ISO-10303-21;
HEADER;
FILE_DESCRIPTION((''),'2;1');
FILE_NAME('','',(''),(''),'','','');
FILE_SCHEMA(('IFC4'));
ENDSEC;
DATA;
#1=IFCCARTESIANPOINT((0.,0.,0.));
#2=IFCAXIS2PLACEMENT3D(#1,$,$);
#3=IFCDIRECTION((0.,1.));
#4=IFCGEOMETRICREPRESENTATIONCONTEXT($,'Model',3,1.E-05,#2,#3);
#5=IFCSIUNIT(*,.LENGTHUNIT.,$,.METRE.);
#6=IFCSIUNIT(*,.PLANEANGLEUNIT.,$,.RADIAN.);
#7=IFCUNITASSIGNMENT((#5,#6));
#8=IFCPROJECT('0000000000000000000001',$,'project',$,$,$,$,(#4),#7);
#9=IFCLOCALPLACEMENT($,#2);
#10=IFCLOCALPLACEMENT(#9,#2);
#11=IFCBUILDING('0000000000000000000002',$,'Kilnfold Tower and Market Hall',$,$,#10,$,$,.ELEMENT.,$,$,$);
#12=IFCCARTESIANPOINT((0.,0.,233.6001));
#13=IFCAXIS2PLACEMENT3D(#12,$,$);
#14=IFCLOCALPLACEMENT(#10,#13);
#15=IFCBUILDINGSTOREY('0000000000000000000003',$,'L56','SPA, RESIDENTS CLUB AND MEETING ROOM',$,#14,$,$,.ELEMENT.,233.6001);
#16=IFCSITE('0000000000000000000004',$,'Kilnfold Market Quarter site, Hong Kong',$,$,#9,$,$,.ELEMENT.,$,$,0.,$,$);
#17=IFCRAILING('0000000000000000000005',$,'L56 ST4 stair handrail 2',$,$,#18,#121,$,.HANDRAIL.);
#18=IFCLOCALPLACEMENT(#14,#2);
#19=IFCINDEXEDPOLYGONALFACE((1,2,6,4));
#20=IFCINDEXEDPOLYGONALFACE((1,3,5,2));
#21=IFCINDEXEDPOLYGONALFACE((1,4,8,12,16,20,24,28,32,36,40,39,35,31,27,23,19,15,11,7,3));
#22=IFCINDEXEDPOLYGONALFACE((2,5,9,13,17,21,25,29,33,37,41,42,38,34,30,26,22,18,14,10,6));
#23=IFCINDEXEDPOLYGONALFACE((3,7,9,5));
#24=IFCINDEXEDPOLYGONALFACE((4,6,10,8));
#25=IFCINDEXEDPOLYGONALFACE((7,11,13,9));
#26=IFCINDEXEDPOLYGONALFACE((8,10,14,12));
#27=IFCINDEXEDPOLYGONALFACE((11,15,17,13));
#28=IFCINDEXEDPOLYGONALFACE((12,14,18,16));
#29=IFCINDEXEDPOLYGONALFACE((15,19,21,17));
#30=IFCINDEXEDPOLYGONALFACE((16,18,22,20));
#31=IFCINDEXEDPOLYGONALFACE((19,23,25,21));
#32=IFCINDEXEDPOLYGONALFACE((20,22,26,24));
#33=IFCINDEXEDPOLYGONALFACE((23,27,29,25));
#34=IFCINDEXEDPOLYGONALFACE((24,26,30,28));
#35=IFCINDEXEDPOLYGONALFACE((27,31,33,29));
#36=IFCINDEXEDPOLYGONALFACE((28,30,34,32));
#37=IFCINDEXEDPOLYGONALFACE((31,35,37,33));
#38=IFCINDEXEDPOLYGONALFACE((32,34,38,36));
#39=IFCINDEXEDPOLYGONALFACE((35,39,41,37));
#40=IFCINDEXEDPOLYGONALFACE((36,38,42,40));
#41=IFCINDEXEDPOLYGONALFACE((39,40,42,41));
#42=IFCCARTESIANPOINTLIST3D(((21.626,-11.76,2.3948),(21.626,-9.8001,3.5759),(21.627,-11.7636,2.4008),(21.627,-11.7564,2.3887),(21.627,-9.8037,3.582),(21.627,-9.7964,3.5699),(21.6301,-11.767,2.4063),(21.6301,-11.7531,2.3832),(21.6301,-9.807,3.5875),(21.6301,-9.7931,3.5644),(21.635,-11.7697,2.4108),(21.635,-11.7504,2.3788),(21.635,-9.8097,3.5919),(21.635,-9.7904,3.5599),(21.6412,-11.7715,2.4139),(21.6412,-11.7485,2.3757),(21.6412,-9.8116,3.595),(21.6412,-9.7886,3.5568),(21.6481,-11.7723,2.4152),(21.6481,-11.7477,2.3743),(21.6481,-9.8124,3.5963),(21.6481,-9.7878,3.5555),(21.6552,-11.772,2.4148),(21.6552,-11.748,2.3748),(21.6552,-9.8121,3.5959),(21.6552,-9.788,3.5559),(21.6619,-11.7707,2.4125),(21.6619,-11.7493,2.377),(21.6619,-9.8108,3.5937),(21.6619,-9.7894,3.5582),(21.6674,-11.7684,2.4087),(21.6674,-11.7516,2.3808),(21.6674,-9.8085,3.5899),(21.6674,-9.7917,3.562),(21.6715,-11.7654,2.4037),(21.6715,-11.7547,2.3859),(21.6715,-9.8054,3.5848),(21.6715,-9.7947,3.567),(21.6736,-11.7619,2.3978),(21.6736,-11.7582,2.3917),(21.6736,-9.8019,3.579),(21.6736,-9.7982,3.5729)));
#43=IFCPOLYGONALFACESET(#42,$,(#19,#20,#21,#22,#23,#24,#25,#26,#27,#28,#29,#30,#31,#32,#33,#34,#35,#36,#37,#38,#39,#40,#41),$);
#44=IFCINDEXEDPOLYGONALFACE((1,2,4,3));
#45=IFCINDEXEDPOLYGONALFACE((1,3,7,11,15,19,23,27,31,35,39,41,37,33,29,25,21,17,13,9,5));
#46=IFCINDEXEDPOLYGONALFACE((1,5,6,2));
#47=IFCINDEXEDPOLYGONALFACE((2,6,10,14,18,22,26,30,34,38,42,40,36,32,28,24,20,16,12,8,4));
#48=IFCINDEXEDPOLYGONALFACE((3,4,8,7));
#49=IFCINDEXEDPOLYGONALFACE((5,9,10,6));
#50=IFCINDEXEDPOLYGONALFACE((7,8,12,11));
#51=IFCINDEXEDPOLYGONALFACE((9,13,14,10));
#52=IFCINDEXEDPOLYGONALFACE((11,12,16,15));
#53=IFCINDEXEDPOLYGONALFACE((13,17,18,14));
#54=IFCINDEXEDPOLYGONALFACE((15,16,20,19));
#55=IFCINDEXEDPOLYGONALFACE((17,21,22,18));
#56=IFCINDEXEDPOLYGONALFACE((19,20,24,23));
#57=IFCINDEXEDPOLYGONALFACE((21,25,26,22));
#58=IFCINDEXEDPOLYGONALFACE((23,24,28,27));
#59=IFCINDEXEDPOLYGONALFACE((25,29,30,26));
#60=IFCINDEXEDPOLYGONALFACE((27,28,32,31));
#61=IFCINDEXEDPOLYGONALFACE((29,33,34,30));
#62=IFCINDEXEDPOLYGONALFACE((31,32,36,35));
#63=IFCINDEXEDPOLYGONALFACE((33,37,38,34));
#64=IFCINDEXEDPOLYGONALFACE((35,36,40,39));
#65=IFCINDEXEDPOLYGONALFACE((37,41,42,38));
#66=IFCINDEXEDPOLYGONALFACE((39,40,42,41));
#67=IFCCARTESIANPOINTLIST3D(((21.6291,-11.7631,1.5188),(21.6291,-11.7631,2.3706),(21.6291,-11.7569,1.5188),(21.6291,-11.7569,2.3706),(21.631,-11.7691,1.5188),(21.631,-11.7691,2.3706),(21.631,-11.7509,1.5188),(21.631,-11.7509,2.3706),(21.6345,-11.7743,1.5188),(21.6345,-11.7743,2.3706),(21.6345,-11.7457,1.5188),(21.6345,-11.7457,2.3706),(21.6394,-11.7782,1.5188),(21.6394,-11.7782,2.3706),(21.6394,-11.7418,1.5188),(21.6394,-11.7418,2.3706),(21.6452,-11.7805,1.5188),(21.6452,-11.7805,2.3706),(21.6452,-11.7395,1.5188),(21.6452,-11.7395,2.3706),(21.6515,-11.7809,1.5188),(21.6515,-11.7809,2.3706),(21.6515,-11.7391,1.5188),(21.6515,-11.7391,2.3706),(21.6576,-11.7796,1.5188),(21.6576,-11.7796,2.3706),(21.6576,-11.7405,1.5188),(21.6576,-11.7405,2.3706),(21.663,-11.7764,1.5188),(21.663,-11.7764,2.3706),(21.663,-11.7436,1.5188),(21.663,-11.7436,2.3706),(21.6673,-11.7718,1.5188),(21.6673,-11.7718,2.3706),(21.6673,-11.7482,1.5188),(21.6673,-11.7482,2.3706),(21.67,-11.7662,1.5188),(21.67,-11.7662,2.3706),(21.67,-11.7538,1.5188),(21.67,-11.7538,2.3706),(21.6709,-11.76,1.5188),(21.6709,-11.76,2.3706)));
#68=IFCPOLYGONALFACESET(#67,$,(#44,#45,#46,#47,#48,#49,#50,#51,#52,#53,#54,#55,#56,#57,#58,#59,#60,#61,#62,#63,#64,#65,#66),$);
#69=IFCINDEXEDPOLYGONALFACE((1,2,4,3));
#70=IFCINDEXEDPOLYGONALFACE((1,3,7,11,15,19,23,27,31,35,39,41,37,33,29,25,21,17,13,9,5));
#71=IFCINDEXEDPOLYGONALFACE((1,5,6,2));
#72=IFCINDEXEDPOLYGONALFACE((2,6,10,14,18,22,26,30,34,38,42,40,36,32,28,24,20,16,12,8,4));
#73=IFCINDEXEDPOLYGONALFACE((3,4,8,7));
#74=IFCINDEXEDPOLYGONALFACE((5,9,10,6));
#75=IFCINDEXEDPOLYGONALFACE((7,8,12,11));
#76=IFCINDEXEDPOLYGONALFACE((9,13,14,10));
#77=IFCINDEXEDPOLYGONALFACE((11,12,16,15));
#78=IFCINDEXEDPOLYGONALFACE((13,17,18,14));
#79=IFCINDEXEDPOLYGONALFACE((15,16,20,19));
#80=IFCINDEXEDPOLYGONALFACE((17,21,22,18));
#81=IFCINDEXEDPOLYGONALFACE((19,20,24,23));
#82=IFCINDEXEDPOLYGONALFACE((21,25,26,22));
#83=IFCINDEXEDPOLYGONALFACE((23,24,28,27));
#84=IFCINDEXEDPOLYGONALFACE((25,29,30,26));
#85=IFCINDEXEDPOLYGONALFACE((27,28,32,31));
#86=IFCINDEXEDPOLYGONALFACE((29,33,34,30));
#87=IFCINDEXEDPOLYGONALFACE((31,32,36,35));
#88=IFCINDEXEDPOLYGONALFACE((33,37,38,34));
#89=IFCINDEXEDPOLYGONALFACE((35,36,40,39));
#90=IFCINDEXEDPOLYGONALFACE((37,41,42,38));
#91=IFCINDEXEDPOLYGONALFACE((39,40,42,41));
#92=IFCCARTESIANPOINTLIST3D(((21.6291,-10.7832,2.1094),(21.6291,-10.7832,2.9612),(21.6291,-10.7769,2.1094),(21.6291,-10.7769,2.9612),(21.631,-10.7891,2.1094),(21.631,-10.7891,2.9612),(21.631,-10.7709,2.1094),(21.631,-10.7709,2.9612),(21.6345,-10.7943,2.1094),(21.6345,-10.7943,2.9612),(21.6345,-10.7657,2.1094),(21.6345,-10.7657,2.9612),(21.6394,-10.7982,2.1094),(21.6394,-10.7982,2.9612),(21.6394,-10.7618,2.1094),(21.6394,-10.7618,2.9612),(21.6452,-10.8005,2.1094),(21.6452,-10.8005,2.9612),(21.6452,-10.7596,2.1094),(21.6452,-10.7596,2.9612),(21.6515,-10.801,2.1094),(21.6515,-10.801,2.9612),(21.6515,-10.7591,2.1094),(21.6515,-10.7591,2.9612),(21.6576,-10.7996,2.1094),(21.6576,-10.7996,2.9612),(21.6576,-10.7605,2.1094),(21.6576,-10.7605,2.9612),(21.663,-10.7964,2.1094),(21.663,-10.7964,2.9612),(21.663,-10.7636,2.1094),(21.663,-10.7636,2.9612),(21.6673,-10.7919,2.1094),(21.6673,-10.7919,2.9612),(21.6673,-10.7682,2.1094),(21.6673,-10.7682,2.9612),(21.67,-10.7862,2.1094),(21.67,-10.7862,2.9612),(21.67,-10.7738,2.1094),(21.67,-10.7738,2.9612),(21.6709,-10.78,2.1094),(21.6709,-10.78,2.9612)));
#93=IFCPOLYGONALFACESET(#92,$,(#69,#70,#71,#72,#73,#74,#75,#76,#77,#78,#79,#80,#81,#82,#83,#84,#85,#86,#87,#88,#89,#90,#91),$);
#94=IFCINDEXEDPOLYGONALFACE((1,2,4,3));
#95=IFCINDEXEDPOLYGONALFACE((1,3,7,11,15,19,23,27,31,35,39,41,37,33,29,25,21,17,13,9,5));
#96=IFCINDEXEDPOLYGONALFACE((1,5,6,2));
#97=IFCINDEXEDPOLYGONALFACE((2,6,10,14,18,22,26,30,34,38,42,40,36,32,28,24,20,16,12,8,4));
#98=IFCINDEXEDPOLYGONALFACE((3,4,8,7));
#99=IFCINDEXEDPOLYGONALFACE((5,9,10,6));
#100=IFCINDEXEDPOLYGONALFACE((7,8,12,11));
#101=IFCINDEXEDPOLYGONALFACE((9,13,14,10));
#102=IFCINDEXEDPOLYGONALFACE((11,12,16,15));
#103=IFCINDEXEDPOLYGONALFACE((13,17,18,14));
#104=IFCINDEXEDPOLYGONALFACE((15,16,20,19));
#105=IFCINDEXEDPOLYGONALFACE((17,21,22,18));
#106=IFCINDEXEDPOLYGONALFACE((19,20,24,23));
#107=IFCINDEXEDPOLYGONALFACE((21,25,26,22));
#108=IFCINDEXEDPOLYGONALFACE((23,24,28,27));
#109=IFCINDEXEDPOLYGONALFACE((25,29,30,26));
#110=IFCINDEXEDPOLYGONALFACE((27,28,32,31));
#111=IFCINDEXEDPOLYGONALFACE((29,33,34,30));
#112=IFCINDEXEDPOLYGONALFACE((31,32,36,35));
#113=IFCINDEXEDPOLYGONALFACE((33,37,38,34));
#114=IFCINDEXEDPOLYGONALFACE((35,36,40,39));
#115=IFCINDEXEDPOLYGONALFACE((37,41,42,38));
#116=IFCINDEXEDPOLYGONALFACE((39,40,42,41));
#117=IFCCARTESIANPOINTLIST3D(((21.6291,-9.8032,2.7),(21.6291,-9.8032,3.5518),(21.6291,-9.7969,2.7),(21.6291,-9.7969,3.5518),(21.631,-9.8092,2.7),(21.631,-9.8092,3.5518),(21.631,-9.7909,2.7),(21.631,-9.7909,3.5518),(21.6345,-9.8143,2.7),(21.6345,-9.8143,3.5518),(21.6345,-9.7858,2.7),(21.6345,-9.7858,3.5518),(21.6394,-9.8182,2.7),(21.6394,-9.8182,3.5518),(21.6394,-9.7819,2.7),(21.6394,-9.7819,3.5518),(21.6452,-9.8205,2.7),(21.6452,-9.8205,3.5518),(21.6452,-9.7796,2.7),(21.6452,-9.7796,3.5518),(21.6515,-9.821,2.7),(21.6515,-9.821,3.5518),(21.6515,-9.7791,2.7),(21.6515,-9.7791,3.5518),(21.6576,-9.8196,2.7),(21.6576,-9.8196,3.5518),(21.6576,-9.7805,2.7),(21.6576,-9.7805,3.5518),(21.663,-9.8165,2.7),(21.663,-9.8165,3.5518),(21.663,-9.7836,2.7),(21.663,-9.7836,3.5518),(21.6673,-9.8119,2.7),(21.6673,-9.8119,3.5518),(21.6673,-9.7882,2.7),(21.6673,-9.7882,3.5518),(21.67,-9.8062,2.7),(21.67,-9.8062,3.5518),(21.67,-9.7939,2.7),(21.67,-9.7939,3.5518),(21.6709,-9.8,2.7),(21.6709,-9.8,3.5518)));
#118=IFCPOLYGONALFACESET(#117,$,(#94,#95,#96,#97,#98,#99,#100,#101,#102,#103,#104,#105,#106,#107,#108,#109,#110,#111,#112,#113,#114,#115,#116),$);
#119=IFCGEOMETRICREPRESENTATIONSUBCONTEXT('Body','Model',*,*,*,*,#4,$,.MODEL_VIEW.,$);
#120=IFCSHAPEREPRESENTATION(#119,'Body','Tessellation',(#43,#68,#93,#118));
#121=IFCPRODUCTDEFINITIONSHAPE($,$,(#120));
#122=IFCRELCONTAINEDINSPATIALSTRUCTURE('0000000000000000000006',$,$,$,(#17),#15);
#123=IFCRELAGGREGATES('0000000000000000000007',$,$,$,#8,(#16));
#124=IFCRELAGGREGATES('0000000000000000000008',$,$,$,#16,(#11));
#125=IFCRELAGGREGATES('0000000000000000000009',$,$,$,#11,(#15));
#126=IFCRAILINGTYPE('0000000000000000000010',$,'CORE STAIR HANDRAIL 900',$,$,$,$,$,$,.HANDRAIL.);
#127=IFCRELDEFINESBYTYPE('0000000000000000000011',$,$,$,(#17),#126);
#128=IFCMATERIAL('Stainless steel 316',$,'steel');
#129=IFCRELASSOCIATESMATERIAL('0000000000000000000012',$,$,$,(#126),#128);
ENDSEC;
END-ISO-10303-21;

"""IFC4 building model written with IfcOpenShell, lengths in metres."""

from ifc_helpers import new_model, si_unit, direction, frame, origin, origin_2d, place, context, subcontext, project, spatial, circle, extrude, material, type_object, element, save


model = new_model("IFC4")

# Units and contexts
model_context = context("Model", 3, precision=1e-05, world=origin(), true_north=direction((0.0, 1.0)))
body_context = subcontext(model_context, "Body", "Model", "MODEL_VIEW")
ifc_project = project(units=[si_unit("LENGTHUNIT", "METRE"), si_unit("PLANEANGLEUNIT", "RADIAN")], contexts=[model_context])

# Site, building, storey
site_placement = place(None, origin())
site = spatial("IfcSite", under=ifc_project, at=site_placement, Name="Kilnfold Market Quarter site, Hong Kong", CompositionType="ELEMENT", RefElevation=0.0)
building_placement = place(site_placement, origin())
building = spatial("IfcBuilding", under=site, at=building_placement, Name="Kilnfold Tower and Market Hall", CompositionType="ELEMENT")
storey_placement = place(building_placement, frame((0.0, 0.0, 233.6001)))
storey = spatial("IfcBuildingStorey", under=building, at=storey_placement, Name="L56", Description="SPA, RESIDENTS CLUB AND MEETING ROOM", CompositionType="ELEMENT", Elevation=233.6001)

# Railing
ifc_material_1 = material(Name="Stainless steel 316", Category="steel")
railing_type_1 = type_object("IfcRailingType", Name="CORE STAIR HANDRAIL 900", PredefinedType="HANDRAIL", material=ifc_material_1)
railing_1_placement = place(storey_placement, frame((21.6499, -11.76, 1.5188)))
element("IfcRailing", 1, at=railing_1_placement, inside=storey, type_object=railing_type_1, Name="L56 ST4 stair handrail 2", PredefinedType="HANDRAIL", context=body_context, shape_type="SweptSolid", body=[
    extrude(circle(Radius=0.0239, at=origin_2d()), frame((0.0, 0.0, 0.876), z_axis=(0.0, 0.856493, 0.516158), x_axis=(-1.0, 0.0, 0.0)), (0.0, 0.0, 1.0), 2.2883),
    extrude(circle(Radius=0.021, at=origin_2d()), origin(), (0.0, 0.0, 1.0), 0.8518),
    extrude(circle(Radius=0.021, at=origin_2d()), frame((0.0, 0.98, 0.5906)), (0.0, 0.0, 1.0), 0.8518),
    extrude(circle(Radius=0.021, at=origin_2d()), frame((0.0, 1.96, 1.1812)), (0.0, 0.0, 1.0), 0.8518),
])

save(model, "model.ifc")
